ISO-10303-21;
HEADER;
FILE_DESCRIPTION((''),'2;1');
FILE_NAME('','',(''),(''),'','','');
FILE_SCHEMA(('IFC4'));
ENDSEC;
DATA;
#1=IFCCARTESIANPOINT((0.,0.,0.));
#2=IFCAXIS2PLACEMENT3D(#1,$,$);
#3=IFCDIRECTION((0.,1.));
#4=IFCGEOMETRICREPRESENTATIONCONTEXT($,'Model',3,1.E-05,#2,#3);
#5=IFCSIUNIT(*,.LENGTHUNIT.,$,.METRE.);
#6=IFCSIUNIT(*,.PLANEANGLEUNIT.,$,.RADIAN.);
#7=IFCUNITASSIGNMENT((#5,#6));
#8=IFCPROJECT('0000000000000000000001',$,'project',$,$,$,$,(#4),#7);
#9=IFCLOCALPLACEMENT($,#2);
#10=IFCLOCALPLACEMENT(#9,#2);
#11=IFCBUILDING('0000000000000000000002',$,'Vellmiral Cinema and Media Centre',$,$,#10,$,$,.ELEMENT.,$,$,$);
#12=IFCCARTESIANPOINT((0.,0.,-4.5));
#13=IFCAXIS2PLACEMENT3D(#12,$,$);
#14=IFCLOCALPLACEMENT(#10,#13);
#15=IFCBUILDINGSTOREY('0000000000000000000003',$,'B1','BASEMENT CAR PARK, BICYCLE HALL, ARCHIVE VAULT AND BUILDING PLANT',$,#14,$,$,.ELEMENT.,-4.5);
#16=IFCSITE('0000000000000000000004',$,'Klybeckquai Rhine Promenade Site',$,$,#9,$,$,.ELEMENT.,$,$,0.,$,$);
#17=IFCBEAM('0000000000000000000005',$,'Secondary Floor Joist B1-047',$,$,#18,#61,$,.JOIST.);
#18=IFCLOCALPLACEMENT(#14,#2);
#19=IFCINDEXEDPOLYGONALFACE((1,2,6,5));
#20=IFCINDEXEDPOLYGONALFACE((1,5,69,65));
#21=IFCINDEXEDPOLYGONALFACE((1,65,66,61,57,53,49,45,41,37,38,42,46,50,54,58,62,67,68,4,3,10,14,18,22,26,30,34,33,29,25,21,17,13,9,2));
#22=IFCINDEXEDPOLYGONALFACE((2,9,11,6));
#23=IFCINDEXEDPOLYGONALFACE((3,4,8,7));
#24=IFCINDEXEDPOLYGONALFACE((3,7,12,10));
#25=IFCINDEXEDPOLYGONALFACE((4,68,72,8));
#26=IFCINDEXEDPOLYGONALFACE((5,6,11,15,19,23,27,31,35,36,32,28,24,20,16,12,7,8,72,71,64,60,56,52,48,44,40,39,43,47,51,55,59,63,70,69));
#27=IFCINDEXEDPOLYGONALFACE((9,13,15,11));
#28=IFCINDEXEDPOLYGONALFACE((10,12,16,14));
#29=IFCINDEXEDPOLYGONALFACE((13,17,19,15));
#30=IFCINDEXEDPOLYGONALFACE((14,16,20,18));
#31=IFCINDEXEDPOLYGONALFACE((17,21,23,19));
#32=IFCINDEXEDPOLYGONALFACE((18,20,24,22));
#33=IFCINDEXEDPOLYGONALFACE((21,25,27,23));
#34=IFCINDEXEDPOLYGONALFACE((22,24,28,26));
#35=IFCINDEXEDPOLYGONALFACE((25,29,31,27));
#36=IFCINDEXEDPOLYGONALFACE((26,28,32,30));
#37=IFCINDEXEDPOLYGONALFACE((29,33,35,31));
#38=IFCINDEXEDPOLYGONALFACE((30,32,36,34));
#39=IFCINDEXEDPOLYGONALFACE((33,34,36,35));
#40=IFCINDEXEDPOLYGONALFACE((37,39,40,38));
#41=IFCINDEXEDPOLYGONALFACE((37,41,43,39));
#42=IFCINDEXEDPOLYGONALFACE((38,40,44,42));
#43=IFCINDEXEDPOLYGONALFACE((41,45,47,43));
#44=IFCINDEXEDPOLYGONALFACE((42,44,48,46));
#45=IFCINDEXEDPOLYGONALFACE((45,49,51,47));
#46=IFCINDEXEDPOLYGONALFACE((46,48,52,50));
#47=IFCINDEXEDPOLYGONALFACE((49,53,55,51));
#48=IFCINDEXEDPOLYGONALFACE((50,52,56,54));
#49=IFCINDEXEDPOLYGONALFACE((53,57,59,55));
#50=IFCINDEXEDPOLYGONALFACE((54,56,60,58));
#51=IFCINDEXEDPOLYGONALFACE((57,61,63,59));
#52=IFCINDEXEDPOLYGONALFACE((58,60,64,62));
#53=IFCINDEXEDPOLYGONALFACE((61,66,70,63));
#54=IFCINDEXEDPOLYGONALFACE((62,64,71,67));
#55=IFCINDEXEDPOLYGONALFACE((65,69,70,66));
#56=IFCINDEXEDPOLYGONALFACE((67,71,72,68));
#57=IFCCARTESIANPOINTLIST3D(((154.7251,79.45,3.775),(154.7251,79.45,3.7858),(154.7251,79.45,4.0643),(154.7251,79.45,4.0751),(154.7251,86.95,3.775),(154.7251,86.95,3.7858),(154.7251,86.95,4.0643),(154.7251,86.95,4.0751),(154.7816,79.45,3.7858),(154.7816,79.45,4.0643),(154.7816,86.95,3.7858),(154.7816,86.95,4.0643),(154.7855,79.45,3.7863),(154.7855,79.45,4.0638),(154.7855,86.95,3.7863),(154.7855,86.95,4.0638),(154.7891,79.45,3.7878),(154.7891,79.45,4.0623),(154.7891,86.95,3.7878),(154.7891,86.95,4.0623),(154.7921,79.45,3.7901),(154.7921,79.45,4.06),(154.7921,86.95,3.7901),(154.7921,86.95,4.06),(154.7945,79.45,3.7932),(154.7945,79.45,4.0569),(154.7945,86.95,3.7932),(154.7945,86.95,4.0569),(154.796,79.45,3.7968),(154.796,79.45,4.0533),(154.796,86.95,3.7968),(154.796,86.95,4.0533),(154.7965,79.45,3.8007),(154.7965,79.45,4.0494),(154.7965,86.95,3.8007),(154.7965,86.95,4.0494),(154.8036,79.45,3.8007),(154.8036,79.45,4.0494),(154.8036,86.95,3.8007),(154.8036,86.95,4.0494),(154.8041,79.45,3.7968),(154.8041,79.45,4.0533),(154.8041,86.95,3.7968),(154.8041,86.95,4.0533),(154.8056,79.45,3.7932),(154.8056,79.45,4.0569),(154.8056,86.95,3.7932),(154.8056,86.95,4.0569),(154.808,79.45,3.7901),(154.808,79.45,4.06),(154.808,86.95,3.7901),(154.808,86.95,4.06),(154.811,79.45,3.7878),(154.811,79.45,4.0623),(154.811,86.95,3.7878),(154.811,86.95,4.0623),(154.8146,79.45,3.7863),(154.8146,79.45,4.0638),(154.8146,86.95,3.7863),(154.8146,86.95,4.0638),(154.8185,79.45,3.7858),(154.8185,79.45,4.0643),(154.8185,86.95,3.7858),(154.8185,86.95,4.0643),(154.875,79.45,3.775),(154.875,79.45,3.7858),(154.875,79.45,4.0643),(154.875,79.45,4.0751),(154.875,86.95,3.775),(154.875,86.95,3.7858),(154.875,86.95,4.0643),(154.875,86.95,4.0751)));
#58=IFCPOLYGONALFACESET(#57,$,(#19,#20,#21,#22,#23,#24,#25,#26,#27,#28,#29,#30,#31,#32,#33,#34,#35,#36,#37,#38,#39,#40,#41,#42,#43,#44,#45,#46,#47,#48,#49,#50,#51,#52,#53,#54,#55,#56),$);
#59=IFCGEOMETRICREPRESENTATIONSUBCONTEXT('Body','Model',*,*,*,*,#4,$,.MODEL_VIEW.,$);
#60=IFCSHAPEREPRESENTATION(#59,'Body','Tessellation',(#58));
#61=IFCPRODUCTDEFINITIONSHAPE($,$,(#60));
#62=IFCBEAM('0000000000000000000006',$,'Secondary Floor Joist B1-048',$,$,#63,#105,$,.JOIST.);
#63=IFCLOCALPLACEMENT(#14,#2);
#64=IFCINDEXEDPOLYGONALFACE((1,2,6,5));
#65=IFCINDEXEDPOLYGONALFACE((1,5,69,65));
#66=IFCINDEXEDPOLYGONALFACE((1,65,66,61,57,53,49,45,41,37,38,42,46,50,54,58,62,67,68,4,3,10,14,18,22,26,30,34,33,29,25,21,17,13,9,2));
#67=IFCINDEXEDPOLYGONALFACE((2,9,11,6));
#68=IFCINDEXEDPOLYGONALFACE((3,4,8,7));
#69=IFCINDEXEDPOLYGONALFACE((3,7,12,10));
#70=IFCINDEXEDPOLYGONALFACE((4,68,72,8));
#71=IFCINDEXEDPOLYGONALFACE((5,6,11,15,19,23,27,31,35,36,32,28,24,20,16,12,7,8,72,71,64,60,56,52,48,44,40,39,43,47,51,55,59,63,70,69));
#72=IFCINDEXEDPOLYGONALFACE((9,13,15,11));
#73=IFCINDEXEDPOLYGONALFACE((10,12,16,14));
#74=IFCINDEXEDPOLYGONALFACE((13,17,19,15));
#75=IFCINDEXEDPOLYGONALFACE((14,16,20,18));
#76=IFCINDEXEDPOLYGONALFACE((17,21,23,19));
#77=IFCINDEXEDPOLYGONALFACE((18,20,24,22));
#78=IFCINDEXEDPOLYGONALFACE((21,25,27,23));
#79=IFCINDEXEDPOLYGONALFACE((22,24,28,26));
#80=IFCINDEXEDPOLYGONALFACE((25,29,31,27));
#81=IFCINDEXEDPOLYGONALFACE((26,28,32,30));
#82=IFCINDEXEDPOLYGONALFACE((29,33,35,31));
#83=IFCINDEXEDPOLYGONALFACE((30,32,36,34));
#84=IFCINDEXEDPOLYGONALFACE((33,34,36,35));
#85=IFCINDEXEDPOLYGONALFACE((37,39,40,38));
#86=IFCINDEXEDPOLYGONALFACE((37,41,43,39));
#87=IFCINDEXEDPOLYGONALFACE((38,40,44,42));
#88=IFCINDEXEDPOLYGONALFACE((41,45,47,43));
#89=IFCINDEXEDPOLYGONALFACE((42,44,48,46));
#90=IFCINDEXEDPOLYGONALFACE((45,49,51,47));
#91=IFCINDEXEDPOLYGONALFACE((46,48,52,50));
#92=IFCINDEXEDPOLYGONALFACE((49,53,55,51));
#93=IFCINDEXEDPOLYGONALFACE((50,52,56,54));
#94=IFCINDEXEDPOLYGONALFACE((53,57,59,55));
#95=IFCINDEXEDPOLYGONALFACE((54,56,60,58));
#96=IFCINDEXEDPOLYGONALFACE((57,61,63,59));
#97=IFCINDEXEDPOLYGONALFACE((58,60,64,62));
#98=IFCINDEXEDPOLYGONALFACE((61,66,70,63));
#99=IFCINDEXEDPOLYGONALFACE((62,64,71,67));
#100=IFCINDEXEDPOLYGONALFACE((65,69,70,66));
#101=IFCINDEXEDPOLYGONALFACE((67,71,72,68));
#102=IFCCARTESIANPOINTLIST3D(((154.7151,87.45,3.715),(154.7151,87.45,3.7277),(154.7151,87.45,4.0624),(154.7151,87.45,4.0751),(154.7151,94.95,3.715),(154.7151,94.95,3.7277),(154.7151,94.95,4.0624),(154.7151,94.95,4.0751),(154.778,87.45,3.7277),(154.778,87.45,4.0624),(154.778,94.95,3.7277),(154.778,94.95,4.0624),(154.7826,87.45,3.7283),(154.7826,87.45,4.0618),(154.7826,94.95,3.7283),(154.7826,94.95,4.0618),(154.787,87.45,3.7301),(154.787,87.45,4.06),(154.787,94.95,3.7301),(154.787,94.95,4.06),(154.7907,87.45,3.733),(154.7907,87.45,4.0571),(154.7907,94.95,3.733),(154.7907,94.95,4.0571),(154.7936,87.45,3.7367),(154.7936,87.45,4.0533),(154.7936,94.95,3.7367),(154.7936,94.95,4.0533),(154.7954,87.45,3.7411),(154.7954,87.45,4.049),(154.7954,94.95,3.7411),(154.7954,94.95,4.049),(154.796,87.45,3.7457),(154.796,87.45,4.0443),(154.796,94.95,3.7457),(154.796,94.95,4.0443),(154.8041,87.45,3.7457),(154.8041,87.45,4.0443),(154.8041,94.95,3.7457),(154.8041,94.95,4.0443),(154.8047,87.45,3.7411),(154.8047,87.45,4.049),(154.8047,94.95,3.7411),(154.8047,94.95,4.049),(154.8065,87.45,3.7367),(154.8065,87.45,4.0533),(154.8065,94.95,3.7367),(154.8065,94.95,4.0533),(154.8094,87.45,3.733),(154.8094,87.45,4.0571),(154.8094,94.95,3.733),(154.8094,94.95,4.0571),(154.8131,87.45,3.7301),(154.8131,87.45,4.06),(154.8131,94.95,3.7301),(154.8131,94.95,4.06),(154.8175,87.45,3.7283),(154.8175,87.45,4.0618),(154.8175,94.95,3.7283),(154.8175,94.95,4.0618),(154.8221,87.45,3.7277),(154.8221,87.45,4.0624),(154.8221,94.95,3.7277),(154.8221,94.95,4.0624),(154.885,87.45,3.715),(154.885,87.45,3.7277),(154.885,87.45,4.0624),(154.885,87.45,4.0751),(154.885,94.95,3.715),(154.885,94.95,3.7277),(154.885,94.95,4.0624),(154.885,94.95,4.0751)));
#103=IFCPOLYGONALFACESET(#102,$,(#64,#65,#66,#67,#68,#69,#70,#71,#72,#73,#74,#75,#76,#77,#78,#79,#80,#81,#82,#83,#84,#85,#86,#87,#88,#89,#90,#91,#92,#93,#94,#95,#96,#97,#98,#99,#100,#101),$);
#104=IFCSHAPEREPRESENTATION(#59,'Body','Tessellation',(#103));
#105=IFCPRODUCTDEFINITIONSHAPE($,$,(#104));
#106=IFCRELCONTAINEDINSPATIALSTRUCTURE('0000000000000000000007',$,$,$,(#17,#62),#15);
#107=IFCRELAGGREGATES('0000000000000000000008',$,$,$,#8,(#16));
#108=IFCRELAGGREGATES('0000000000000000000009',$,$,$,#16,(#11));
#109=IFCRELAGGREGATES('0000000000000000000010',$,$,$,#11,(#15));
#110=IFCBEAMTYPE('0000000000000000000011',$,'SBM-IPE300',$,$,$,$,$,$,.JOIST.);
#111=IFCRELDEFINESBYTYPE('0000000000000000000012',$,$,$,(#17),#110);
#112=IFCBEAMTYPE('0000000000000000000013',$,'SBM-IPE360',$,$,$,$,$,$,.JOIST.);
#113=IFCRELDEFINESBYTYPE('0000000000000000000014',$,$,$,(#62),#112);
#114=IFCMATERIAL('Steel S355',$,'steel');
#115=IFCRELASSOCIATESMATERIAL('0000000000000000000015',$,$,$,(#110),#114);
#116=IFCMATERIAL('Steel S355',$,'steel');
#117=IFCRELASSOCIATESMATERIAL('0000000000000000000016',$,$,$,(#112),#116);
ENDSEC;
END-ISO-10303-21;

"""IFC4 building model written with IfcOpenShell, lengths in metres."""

from ifc_helpers import new_model, si_unit, direction, frame, origin, origin_2d, place, context, subcontext, project, spatial, i_section, extrude, material, material_profile, profile_set, type_object, element, save


model = new_model("IFC4")

# Units and contexts
model_context = context("Model", 3, precision=1e-05, world=origin(), true_north=direction((0.0, 1.0)))
body_context = subcontext(model_context, "Body", "Model", "MODEL_VIEW")
ifc_project = project(units=[si_unit("LENGTHUNIT", "METRE"), si_unit("PLANEANGLEUNIT", "RADIAN")], contexts=[model_context])

# Site, building, storey
site_placement = place(None, origin())
site = spatial("IfcSite", under=ifc_project, at=site_placement, Name="Klybeckquai Rhine Promenade Site", CompositionType="ELEMENT", RefElevation=0.0)
building_placement = place(site_placement, origin())
building = spatial("IfcBuilding", under=site, at=building_placement, Name="Vellmiral Cinema and Media Centre", CompositionType="ELEMENT")
storey_placement = place(building_placement, frame((0.0, 0.0, -4.5)))
storey = spatial("IfcBuildingStorey", under=building, at=storey_placement, Name="B1", Description="BASEMENT CAR PARK, BICYCLE HALL, ARCHIVE VAULT AND BUILDING PLANT", CompositionType="ELEMENT", Elevation=-4.5)

# Beams
ifc_material_1 = material(Name="Steel S355", Category="steel")
ifc_material_profile_1 = material_profile(ifc_material_1, i_section(OverallWidth=0.1499, OverallDepth=0.3, WebThickness=0.0071, FlangeThickness=0.0107, FilletRadius=0.0149, at=origin_2d()), Name="IPE 300")
ifc_profile_set_1 = profile_set([ifc_material_profile_1], Name="Steel S355")
beam_type_1 = type_object("IfcBeamType", Name="SBM-IPE300", PredefinedType="JOIST", material=ifc_profile_set_1)
beam_1_placement = place(storey_placement, frame((154.8, 79.45, 3.925), z_axis=(0.0, 1.0, 0.0), x_axis=(-1.0, 0.0, 0.0)))
element("IfcBeam", 1, at=beam_1_placement, inside=storey, type_object=beam_type_1, Name="Secondary Floor Joist B1-047", PredefinedType="JOIST", context=body_context, shape_type="SweptSolid", body=[
    extrude(i_section(OverallWidth=0.1499, OverallDepth=0.3, WebThickness=0.0071, FlangeThickness=0.0107, FilletRadius=0.0149, at=origin_2d()), origin(), (0.0, 0.0, 1.0), 7.5),
])
ifc_material_2 = material(Name="Steel S355", Category="steel")
ifc_material_profile_2 = material_profile(ifc_material_2, i_section(OverallWidth=0.1699, OverallDepth=0.3601, WebThickness=0.0081, FlangeThickness=0.0127, FilletRadius=0.0181, at=origin_2d()), Name="IPE 360")
ifc_profile_set_2 = profile_set([ifc_material_profile_2], Name="Steel S355")
beam_type_2 = type_object("IfcBeamType", Name="SBM-IPE360", PredefinedType="JOIST", material=ifc_profile_set_2)
beam_2_placement = place(storey_placement, frame((154.8, 87.45, 3.895), z_axis=(0.0, 1.0, 0.0), x_axis=(-1.0, 0.0, 0.0)))
element("IfcBeam", 2, at=beam_2_placement, inside=storey, type_object=beam_type_2, Name="Secondary Floor Joist B1-048", PredefinedType="JOIST", context=body_context, shape_type="SweptSolid", body=[
    extrude(i_section(OverallWidth=0.1699, OverallDepth=0.3601, WebThickness=0.0081, FlangeThickness=0.0127, FilletRadius=0.0181, at=origin_2d()), origin(), (0.0, 0.0, 1.0), 7.5),
])

save(model, "model.ifc")
